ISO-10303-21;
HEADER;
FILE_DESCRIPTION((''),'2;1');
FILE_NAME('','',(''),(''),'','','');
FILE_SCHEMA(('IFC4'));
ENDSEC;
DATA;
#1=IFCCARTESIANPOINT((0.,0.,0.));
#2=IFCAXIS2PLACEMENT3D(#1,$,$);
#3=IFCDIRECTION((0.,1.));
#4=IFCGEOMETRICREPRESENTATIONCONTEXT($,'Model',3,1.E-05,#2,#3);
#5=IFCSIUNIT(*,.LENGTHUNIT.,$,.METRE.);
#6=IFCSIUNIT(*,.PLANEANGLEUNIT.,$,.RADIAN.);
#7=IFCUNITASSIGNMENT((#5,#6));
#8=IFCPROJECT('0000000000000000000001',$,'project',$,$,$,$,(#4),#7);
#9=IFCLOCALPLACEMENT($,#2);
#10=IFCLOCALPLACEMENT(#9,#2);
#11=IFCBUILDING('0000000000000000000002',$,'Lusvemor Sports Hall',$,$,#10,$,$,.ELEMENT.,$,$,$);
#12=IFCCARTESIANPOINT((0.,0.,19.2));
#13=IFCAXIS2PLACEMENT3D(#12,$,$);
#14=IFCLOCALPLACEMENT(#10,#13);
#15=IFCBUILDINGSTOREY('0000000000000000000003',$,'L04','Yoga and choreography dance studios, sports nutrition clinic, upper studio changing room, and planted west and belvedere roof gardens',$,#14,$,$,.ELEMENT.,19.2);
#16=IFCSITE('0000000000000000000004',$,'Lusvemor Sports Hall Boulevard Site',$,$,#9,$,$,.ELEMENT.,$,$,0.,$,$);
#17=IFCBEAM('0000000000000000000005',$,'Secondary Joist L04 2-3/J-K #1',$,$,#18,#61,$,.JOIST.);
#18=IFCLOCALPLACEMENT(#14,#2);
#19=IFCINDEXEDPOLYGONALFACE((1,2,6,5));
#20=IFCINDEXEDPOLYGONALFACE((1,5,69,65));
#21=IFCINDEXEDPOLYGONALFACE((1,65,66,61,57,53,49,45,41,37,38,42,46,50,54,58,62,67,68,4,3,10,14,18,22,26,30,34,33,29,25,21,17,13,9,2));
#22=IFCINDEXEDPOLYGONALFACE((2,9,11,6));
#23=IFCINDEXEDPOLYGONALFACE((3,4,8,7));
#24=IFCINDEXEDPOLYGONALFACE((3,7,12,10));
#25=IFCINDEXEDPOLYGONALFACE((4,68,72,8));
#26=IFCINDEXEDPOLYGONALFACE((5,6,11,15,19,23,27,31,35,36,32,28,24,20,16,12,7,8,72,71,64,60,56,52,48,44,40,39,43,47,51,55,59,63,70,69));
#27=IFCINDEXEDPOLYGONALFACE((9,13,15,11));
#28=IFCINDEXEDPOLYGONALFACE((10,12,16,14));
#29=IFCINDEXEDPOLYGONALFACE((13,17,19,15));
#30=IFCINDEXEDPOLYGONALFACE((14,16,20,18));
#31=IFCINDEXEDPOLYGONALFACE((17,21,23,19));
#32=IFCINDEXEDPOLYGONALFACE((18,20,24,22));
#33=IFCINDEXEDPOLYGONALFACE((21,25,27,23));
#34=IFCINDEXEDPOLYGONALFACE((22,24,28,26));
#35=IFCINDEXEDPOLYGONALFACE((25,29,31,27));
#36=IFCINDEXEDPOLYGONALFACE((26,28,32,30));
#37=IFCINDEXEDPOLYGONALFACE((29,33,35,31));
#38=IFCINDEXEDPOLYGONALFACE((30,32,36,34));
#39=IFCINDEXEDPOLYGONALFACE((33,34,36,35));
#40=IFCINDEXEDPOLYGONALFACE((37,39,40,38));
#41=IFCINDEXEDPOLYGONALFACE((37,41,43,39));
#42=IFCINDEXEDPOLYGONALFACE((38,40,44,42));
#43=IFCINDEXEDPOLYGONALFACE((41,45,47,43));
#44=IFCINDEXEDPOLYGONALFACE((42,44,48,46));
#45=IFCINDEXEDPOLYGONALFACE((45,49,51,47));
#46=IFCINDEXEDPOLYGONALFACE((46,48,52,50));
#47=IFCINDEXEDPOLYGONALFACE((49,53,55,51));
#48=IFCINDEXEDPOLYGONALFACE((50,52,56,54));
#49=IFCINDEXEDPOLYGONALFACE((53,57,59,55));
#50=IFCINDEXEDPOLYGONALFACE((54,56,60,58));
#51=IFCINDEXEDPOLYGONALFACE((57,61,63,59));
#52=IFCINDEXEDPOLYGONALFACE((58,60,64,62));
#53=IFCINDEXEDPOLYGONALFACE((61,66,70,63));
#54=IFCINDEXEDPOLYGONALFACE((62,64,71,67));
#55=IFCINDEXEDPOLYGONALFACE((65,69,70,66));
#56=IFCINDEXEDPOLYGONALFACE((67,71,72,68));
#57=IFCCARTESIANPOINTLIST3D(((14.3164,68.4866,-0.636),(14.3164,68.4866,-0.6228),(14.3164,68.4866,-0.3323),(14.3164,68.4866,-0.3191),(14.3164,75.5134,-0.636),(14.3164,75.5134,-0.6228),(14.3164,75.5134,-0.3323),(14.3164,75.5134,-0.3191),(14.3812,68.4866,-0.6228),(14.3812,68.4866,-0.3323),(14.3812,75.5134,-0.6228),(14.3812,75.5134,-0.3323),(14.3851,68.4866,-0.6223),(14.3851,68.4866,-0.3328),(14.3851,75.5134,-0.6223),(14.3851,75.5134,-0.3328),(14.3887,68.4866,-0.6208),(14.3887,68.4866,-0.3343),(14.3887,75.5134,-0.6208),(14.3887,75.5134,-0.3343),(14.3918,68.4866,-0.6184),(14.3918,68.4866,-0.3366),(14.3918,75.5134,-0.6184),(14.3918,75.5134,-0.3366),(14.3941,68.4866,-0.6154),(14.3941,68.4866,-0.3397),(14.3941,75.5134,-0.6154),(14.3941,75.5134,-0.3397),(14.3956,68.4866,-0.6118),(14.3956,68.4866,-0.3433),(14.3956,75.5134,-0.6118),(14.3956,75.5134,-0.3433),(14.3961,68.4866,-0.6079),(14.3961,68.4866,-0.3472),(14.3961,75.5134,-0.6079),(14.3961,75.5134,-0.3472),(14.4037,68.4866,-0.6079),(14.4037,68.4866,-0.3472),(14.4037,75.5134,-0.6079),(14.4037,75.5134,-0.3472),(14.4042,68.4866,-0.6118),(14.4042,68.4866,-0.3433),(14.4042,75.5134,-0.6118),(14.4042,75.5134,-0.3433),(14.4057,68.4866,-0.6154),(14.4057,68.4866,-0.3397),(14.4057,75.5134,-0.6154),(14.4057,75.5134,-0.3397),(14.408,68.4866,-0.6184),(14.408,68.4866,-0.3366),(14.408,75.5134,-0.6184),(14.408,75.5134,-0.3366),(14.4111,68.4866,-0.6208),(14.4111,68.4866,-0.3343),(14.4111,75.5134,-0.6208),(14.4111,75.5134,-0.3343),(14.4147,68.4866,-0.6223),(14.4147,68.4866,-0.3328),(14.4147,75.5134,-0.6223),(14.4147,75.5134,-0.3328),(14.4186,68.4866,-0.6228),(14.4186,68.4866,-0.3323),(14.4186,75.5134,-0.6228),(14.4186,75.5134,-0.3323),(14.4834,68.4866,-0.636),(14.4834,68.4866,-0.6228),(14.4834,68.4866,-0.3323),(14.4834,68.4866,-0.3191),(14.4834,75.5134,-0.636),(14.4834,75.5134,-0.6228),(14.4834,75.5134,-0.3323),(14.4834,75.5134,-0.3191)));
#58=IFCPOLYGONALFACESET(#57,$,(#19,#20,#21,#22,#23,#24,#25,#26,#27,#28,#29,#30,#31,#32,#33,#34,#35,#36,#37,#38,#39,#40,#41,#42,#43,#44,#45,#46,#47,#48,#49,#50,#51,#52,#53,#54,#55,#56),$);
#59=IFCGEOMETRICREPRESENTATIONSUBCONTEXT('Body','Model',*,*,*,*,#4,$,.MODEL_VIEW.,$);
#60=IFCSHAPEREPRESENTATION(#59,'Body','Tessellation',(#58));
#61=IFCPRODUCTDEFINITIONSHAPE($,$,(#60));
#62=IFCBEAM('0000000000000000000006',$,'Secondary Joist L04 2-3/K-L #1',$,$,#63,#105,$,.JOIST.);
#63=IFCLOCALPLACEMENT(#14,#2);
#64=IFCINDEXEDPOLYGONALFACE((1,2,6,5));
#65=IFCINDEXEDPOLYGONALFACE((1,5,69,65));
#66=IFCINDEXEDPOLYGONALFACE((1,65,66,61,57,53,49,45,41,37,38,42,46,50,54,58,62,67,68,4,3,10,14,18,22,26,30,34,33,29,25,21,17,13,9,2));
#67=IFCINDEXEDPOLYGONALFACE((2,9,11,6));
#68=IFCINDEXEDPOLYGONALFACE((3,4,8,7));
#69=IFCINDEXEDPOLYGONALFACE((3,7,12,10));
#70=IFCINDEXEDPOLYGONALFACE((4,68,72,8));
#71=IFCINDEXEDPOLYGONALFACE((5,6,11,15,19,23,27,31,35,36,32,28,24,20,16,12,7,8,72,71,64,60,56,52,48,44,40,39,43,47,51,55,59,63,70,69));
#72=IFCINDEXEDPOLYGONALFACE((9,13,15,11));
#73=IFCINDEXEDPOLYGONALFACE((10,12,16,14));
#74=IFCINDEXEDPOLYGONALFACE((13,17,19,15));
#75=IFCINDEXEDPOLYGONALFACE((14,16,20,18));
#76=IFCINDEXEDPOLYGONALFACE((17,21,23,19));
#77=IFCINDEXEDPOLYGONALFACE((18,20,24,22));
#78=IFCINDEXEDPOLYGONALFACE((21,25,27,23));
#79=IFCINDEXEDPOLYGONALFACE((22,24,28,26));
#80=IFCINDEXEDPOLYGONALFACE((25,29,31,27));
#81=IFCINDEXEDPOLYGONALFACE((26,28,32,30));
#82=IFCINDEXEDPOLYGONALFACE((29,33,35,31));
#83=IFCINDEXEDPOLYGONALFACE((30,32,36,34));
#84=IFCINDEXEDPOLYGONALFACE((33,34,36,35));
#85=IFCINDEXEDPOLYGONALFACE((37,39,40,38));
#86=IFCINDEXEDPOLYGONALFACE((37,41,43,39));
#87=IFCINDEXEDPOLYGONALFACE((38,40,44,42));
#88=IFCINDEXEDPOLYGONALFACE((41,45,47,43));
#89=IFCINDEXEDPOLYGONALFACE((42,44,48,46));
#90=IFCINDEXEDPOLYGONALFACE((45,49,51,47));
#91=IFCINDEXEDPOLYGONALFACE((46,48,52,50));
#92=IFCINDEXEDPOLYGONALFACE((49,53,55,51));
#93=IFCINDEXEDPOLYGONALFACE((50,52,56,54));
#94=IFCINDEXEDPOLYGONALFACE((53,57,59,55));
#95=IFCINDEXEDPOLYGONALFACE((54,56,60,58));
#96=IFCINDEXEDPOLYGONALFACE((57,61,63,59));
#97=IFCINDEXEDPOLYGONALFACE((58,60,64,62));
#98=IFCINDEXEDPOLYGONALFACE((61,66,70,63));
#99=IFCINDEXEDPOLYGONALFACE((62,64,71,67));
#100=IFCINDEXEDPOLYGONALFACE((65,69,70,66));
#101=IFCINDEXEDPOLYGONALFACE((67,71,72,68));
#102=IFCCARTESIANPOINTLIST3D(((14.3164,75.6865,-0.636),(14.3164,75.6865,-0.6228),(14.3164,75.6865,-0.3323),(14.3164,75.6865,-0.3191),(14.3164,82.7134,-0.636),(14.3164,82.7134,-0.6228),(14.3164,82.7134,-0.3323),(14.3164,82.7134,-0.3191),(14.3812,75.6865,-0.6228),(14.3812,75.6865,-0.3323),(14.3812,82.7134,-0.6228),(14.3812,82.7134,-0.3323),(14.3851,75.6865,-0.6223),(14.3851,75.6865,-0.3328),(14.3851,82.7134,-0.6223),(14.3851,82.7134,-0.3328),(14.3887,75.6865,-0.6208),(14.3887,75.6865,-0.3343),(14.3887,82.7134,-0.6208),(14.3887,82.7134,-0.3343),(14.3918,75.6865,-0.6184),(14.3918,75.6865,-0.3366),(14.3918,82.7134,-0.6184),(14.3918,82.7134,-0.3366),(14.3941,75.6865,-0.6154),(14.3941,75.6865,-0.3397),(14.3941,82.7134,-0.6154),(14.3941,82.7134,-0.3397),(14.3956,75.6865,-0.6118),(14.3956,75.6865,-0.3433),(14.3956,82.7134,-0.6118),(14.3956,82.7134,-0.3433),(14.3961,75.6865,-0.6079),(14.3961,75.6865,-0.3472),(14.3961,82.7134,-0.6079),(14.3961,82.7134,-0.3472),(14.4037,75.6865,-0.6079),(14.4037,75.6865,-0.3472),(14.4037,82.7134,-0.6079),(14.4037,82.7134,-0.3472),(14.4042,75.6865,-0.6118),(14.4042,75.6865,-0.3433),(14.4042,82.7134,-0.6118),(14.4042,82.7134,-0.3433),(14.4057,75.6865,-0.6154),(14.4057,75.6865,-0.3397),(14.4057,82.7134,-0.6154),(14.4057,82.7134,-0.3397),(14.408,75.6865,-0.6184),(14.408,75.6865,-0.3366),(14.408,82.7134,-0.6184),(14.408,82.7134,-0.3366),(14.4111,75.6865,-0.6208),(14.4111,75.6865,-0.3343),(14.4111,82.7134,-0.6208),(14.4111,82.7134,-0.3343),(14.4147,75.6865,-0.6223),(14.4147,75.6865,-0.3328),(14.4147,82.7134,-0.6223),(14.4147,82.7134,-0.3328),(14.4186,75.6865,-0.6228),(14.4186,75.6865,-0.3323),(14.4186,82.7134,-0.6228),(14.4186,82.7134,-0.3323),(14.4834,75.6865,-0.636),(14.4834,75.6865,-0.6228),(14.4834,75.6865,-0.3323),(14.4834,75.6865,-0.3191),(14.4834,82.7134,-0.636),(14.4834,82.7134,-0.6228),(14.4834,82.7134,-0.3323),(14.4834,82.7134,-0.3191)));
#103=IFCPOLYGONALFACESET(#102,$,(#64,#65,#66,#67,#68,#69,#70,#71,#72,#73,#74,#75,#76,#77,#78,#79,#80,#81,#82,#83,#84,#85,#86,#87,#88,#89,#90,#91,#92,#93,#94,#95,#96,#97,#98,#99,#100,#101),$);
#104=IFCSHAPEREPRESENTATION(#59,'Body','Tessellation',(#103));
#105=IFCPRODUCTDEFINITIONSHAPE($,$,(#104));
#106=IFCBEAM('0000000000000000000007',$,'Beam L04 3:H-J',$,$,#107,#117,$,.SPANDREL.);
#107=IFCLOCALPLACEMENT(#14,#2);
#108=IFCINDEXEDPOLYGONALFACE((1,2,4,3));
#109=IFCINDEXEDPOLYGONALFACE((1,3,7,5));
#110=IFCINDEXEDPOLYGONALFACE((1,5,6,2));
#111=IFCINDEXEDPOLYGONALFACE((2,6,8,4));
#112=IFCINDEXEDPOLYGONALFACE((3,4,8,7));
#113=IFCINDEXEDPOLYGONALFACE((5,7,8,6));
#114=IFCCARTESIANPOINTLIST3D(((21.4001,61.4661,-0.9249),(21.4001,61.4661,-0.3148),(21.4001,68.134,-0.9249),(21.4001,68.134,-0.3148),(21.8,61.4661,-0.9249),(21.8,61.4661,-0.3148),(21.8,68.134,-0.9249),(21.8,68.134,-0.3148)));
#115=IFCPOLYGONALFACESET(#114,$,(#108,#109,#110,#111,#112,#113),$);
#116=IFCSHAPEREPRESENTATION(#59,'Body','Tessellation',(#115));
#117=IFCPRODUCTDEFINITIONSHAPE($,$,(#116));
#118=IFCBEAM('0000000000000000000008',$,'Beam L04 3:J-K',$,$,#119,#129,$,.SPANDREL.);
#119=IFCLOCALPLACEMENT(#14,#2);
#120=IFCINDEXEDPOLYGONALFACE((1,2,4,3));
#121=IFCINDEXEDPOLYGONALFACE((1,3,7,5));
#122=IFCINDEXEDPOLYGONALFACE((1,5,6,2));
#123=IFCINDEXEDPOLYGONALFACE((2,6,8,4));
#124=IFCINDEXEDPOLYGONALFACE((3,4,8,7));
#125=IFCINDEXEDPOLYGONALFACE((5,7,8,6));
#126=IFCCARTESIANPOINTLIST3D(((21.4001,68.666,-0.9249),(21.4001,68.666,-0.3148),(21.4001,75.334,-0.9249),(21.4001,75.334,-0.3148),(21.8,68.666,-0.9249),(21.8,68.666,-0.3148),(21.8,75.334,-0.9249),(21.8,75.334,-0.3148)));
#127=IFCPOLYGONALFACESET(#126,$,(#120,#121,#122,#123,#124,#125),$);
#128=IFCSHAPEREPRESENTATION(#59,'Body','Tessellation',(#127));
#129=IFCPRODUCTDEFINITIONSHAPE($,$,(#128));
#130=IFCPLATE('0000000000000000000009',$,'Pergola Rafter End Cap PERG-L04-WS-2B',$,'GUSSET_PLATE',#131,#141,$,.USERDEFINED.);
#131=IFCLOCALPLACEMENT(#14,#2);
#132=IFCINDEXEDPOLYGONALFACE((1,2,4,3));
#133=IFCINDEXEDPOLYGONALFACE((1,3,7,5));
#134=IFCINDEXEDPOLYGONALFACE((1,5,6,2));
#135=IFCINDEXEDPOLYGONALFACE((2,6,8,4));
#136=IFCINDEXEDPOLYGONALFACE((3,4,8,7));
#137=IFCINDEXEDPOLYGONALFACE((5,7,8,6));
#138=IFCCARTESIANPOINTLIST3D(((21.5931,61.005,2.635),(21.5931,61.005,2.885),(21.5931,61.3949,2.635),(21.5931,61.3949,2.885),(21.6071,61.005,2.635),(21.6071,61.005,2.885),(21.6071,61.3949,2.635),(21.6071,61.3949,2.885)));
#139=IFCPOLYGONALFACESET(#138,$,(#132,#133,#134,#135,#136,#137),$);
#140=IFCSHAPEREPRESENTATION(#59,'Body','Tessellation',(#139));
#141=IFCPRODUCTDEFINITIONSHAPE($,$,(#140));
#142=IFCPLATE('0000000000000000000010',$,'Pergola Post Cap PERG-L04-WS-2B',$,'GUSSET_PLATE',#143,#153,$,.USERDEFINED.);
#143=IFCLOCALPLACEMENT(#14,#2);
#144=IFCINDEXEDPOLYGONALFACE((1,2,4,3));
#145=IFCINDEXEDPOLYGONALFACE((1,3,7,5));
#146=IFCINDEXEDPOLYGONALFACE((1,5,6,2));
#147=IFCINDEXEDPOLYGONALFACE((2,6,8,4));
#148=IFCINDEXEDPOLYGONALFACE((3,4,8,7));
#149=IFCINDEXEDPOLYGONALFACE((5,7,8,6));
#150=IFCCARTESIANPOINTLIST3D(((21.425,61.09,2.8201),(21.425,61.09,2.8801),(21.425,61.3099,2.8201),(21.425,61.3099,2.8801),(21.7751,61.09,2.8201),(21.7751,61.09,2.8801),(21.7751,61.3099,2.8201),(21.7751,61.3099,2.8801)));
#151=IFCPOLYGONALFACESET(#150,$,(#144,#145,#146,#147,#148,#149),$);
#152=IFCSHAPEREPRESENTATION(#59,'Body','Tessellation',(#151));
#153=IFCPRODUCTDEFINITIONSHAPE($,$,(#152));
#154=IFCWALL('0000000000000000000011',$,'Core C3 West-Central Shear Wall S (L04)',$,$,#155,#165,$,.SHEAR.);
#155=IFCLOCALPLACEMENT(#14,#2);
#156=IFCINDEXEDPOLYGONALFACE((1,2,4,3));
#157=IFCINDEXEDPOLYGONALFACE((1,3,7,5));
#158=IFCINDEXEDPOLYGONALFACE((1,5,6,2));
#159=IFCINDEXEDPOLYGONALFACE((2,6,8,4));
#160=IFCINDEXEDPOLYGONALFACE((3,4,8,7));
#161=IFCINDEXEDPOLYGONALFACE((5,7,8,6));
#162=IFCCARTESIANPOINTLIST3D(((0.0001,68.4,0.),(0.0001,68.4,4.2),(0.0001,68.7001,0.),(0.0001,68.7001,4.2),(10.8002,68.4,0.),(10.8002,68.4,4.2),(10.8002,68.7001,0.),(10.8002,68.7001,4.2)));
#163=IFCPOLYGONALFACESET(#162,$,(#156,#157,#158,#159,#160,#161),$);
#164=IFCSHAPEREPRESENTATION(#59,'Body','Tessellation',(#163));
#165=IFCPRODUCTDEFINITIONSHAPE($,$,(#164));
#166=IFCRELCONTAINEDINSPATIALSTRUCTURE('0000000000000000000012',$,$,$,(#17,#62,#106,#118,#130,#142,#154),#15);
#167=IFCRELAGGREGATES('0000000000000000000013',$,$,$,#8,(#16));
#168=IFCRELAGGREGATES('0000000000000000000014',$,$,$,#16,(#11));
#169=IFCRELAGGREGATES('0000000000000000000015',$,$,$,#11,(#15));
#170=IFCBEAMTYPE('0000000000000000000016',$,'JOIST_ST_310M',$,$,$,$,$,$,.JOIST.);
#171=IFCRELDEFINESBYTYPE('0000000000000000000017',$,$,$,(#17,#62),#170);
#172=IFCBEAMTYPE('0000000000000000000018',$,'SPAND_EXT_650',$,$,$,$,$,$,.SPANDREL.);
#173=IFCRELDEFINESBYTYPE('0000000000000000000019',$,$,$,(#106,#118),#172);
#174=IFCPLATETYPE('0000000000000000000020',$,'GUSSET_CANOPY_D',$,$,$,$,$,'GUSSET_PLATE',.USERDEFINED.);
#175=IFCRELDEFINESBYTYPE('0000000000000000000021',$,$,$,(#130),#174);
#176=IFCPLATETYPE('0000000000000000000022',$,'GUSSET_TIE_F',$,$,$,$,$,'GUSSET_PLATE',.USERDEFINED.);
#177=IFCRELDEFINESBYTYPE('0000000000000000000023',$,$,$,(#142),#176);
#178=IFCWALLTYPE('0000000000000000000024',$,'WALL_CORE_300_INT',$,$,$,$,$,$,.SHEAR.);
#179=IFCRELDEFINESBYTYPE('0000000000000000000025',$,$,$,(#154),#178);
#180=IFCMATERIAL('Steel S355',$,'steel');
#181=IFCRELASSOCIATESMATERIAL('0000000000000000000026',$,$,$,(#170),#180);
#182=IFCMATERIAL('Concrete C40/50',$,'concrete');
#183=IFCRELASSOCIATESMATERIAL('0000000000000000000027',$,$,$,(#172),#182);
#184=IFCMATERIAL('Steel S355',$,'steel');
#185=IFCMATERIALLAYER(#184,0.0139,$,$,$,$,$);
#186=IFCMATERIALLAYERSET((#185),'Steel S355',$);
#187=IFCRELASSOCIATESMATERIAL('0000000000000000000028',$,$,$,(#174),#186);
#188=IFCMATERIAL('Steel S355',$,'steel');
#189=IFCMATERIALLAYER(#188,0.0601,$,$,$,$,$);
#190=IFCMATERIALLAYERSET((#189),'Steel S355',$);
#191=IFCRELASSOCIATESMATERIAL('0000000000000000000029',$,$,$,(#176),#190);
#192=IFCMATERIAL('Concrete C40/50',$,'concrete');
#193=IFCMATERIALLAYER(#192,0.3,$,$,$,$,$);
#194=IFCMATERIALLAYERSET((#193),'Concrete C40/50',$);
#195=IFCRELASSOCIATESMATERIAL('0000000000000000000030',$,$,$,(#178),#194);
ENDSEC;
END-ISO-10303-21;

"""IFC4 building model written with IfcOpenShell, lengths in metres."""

from ifc_helpers import new_model, si_unit, direction, frame, frame_2d, origin, origin_2d, place, context, subcontext, project, spatial, rectangle, i_section, extrude, material, layer, layer_set, material_profile, profile_set, type_object, element, save


model = new_model("IFC4")

# Units and contexts
model_context = context("Model", 3, precision=1e-05, world=origin(), true_north=direction((0.0, 1.0)))
body_context = subcontext(model_context, "Body", "Model", "MODEL_VIEW")
ifc_project = project(units=[si_unit("LENGTHUNIT", "METRE"), si_unit("PLANEANGLEUNIT", "RADIAN")], contexts=[model_context])

# Site, building, storey
site_placement = place(None, origin())
site = spatial("IfcSite", under=ifc_project, at=site_placement, Name="Lusvemor Sports Hall Boulevard Site", CompositionType="ELEMENT", RefElevation=0.0)
building_placement = place(site_placement, origin())
building = spatial("IfcBuilding", under=site, at=building_placement, Name="Lusvemor Sports Hall", CompositionType="ELEMENT")
storey_placement = place(building_placement, frame((0.0, 0.0, 19.2)))
storey = spatial("IfcBuildingStorey", under=building, at=storey_placement, Name="L04", Description="Yoga and choreography dance studios, sports nutrition clinic, upper studio changing room, and planted west and belvedere roof gardens", CompositionType="ELEMENT", Elevation=19.2)

# Beams
ifc_material_1 = material(Name="Steel S355", Category="steel")
ifc_material_profile_1 = material_profile(ifc_material_1, i_section(OverallWidth=0.167, OverallDepth=0.3169, WebThickness=0.0076, FlangeThickness=0.0132, FilletRadius=0.0149, at=origin_2d()), Name="W310x52.0")
ifc_profile_set_1 = profile_set([ifc_material_profile_1], Name="Steel S355")
beam_type_1 = type_object("IfcBeamType", Name="JOIST_ST_310M", PredefinedType="JOIST", material=ifc_profile_set_1)
for number, where, z_axis, x_axis, name in (
    (1, (14.3999, 68.4866, -0.4775), (0.0, 1.0, 0.0), (-1.0, 0.0, 0.0), "Secondary Joist L04 2-3/J-K #1"),
    (2, (14.3999, 75.6865, -0.4775), (0.0, 1.0, 0.0), (-1.0, 0.0, 0.0), "Secondary Joist L04 2-3/K-L #1"),
):
    element("IfcBeam", number, at=place(storey_placement, frame(where, z_axis=z_axis, x_axis=x_axis)), inside=storey, type_object=beam_type_1, Name=name, PredefinedType="JOIST", context=body_context, shape_type="SweptSolid", body=[
        extrude(i_section(OverallWidth=0.167, OverallDepth=0.3169, WebThickness=0.0076, FlangeThickness=0.0132, FilletRadius=0.0149, at=origin_2d()), origin(), (0.0, 0.0, 1.0), 7.0269),
    ])
ifc_material_2 = material(Name="Concrete C40/50", Category="concrete")
ifc_material_profile_2 = material_profile(ifc_material_2, rectangle(XDim=0.3999, YDim=0.6101, at=origin_2d()), Name="RC400x610")
ifc_profile_set_2 = profile_set([ifc_material_profile_2], Name="Concrete C40/50")
beam_type_2 = type_object("IfcBeamType", Name="SPAND_EXT_650", PredefinedType="SPANDREL", material=ifc_profile_set_2)
for number, where, z_axis, x_axis, name in (
    (3, (21.6001, 61.4661, -0.6199), (0.0, 1.0, 0.0), (-1.0, 0.0, 0.0), "Beam L04 3:H-J"),
    (4, (21.6001, 68.666, -0.6199), (0.0, 1.0, 0.0), (-1.0, 0.0, 0.0), "Beam L04 3:J-K"),
):
    element("IfcBeam", number, at=place(storey_placement, frame(where, z_axis=z_axis, x_axis=x_axis)), inside=storey, type_object=beam_type_2, Name=name, PredefinedType="SPANDREL", context=body_context, shape_type="SweptSolid", body=[
        extrude(rectangle(XDim=0.3999, YDim=0.6101, at=origin_2d()), origin(), (0.0, 0.0, 1.0), 6.668),
    ])

# Plates
ifc_material_3 = material(Name="Steel S355", Category="steel")
ifc_layer_1 = layer(ifc_material_3, 0.0139)
ifc_layer_set_1 = layer_set([ifc_layer_1], Name="Steel S355")
plate_type_1 = type_object("IfcPlateType", Name="GUSSET_CANOPY_D", ElementType="GUSSET_PLATE", PredefinedType="USERDEFINED", material=ifc_layer_set_1)
plate_1_placement = place(storey_placement, frame((21.6001, 61.2, 2.635), z_axis=(0.0, 0.0, 1.0), x_axis=(1.0, 0.0, 0.0)))
element("IfcPlate", 5, at=plate_1_placement, inside=storey, type_object=plate_type_1, Name="Pergola Rafter End Cap PERG-L04-WS-2B", ObjectType="GUSSET_PLATE", PredefinedType="USERDEFINED", context=body_context, shape_type="SweptSolid", body=[
    extrude(rectangle(XDim=0.0139, YDim=0.3899, at=origin_2d()), origin(), (0.0, 0.0, 1.0), 0.25),
])
ifc_material_4 = material(Name="Steel S355", Category="steel")
ifc_layer_2 = layer(ifc_material_4, 0.0601)
ifc_layer_set_2 = layer_set([ifc_layer_2], Name="Steel S355")
plate_type_2 = type_object("IfcPlateType", Name="GUSSET_TIE_F", ElementType="GUSSET_PLATE", PredefinedType="USERDEFINED", material=ifc_layer_set_2)
plate_2_placement = place(storey_placement, frame((21.6001, 61.2, 2.8201), z_axis=(0.0, 0.0, 1.0), x_axis=(1.0, 0.0, 0.0)))
element("IfcPlate", 6, at=plate_2_placement, inside=storey, type_object=plate_type_2, Name="Pergola Post Cap PERG-L04-WS-2B", ObjectType="GUSSET_PLATE", PredefinedType="USERDEFINED", context=body_context, shape_type="SweptSolid", body=[
    extrude(rectangle(XDim=0.3501, YDim=0.22, at=origin_2d()), origin(), (0.0, 0.0, 1.0), 0.0601),
])

# Wall
ifc_material_5 = material(Name="Concrete C40/50", Category="concrete")
ifc_layer_3 = layer(ifc_material_5, 0.3)
ifc_layer_set_3 = layer_set([ifc_layer_3], Name="Concrete C40/50")
wall_type = type_object("IfcWallType", Name="WALL_CORE_300_INT", PredefinedType="SHEAR", material=ifc_layer_set_3)
wall_1_placement = place(storey_placement, frame((10.8, 68.55, 0.0), z_axis=(0.0, 0.0, 1.0), x_axis=(-1.0, 0.0, 0.0)))
element("IfcWall", 7, at=wall_1_placement, inside=storey, type_object=wall_type, Name="Core C3 West-Central Shear Wall S (L04)", PredefinedType="SHEAR", context=body_context, shape_type="SweptSolid", body=[
    extrude(rectangle(XDim=10.8, YDim=0.3, at=frame_2d((5.3999, 0.0))), origin(), (0.0, 0.0, 1.0), 4.2),
])

save(model, "model.ifc")
